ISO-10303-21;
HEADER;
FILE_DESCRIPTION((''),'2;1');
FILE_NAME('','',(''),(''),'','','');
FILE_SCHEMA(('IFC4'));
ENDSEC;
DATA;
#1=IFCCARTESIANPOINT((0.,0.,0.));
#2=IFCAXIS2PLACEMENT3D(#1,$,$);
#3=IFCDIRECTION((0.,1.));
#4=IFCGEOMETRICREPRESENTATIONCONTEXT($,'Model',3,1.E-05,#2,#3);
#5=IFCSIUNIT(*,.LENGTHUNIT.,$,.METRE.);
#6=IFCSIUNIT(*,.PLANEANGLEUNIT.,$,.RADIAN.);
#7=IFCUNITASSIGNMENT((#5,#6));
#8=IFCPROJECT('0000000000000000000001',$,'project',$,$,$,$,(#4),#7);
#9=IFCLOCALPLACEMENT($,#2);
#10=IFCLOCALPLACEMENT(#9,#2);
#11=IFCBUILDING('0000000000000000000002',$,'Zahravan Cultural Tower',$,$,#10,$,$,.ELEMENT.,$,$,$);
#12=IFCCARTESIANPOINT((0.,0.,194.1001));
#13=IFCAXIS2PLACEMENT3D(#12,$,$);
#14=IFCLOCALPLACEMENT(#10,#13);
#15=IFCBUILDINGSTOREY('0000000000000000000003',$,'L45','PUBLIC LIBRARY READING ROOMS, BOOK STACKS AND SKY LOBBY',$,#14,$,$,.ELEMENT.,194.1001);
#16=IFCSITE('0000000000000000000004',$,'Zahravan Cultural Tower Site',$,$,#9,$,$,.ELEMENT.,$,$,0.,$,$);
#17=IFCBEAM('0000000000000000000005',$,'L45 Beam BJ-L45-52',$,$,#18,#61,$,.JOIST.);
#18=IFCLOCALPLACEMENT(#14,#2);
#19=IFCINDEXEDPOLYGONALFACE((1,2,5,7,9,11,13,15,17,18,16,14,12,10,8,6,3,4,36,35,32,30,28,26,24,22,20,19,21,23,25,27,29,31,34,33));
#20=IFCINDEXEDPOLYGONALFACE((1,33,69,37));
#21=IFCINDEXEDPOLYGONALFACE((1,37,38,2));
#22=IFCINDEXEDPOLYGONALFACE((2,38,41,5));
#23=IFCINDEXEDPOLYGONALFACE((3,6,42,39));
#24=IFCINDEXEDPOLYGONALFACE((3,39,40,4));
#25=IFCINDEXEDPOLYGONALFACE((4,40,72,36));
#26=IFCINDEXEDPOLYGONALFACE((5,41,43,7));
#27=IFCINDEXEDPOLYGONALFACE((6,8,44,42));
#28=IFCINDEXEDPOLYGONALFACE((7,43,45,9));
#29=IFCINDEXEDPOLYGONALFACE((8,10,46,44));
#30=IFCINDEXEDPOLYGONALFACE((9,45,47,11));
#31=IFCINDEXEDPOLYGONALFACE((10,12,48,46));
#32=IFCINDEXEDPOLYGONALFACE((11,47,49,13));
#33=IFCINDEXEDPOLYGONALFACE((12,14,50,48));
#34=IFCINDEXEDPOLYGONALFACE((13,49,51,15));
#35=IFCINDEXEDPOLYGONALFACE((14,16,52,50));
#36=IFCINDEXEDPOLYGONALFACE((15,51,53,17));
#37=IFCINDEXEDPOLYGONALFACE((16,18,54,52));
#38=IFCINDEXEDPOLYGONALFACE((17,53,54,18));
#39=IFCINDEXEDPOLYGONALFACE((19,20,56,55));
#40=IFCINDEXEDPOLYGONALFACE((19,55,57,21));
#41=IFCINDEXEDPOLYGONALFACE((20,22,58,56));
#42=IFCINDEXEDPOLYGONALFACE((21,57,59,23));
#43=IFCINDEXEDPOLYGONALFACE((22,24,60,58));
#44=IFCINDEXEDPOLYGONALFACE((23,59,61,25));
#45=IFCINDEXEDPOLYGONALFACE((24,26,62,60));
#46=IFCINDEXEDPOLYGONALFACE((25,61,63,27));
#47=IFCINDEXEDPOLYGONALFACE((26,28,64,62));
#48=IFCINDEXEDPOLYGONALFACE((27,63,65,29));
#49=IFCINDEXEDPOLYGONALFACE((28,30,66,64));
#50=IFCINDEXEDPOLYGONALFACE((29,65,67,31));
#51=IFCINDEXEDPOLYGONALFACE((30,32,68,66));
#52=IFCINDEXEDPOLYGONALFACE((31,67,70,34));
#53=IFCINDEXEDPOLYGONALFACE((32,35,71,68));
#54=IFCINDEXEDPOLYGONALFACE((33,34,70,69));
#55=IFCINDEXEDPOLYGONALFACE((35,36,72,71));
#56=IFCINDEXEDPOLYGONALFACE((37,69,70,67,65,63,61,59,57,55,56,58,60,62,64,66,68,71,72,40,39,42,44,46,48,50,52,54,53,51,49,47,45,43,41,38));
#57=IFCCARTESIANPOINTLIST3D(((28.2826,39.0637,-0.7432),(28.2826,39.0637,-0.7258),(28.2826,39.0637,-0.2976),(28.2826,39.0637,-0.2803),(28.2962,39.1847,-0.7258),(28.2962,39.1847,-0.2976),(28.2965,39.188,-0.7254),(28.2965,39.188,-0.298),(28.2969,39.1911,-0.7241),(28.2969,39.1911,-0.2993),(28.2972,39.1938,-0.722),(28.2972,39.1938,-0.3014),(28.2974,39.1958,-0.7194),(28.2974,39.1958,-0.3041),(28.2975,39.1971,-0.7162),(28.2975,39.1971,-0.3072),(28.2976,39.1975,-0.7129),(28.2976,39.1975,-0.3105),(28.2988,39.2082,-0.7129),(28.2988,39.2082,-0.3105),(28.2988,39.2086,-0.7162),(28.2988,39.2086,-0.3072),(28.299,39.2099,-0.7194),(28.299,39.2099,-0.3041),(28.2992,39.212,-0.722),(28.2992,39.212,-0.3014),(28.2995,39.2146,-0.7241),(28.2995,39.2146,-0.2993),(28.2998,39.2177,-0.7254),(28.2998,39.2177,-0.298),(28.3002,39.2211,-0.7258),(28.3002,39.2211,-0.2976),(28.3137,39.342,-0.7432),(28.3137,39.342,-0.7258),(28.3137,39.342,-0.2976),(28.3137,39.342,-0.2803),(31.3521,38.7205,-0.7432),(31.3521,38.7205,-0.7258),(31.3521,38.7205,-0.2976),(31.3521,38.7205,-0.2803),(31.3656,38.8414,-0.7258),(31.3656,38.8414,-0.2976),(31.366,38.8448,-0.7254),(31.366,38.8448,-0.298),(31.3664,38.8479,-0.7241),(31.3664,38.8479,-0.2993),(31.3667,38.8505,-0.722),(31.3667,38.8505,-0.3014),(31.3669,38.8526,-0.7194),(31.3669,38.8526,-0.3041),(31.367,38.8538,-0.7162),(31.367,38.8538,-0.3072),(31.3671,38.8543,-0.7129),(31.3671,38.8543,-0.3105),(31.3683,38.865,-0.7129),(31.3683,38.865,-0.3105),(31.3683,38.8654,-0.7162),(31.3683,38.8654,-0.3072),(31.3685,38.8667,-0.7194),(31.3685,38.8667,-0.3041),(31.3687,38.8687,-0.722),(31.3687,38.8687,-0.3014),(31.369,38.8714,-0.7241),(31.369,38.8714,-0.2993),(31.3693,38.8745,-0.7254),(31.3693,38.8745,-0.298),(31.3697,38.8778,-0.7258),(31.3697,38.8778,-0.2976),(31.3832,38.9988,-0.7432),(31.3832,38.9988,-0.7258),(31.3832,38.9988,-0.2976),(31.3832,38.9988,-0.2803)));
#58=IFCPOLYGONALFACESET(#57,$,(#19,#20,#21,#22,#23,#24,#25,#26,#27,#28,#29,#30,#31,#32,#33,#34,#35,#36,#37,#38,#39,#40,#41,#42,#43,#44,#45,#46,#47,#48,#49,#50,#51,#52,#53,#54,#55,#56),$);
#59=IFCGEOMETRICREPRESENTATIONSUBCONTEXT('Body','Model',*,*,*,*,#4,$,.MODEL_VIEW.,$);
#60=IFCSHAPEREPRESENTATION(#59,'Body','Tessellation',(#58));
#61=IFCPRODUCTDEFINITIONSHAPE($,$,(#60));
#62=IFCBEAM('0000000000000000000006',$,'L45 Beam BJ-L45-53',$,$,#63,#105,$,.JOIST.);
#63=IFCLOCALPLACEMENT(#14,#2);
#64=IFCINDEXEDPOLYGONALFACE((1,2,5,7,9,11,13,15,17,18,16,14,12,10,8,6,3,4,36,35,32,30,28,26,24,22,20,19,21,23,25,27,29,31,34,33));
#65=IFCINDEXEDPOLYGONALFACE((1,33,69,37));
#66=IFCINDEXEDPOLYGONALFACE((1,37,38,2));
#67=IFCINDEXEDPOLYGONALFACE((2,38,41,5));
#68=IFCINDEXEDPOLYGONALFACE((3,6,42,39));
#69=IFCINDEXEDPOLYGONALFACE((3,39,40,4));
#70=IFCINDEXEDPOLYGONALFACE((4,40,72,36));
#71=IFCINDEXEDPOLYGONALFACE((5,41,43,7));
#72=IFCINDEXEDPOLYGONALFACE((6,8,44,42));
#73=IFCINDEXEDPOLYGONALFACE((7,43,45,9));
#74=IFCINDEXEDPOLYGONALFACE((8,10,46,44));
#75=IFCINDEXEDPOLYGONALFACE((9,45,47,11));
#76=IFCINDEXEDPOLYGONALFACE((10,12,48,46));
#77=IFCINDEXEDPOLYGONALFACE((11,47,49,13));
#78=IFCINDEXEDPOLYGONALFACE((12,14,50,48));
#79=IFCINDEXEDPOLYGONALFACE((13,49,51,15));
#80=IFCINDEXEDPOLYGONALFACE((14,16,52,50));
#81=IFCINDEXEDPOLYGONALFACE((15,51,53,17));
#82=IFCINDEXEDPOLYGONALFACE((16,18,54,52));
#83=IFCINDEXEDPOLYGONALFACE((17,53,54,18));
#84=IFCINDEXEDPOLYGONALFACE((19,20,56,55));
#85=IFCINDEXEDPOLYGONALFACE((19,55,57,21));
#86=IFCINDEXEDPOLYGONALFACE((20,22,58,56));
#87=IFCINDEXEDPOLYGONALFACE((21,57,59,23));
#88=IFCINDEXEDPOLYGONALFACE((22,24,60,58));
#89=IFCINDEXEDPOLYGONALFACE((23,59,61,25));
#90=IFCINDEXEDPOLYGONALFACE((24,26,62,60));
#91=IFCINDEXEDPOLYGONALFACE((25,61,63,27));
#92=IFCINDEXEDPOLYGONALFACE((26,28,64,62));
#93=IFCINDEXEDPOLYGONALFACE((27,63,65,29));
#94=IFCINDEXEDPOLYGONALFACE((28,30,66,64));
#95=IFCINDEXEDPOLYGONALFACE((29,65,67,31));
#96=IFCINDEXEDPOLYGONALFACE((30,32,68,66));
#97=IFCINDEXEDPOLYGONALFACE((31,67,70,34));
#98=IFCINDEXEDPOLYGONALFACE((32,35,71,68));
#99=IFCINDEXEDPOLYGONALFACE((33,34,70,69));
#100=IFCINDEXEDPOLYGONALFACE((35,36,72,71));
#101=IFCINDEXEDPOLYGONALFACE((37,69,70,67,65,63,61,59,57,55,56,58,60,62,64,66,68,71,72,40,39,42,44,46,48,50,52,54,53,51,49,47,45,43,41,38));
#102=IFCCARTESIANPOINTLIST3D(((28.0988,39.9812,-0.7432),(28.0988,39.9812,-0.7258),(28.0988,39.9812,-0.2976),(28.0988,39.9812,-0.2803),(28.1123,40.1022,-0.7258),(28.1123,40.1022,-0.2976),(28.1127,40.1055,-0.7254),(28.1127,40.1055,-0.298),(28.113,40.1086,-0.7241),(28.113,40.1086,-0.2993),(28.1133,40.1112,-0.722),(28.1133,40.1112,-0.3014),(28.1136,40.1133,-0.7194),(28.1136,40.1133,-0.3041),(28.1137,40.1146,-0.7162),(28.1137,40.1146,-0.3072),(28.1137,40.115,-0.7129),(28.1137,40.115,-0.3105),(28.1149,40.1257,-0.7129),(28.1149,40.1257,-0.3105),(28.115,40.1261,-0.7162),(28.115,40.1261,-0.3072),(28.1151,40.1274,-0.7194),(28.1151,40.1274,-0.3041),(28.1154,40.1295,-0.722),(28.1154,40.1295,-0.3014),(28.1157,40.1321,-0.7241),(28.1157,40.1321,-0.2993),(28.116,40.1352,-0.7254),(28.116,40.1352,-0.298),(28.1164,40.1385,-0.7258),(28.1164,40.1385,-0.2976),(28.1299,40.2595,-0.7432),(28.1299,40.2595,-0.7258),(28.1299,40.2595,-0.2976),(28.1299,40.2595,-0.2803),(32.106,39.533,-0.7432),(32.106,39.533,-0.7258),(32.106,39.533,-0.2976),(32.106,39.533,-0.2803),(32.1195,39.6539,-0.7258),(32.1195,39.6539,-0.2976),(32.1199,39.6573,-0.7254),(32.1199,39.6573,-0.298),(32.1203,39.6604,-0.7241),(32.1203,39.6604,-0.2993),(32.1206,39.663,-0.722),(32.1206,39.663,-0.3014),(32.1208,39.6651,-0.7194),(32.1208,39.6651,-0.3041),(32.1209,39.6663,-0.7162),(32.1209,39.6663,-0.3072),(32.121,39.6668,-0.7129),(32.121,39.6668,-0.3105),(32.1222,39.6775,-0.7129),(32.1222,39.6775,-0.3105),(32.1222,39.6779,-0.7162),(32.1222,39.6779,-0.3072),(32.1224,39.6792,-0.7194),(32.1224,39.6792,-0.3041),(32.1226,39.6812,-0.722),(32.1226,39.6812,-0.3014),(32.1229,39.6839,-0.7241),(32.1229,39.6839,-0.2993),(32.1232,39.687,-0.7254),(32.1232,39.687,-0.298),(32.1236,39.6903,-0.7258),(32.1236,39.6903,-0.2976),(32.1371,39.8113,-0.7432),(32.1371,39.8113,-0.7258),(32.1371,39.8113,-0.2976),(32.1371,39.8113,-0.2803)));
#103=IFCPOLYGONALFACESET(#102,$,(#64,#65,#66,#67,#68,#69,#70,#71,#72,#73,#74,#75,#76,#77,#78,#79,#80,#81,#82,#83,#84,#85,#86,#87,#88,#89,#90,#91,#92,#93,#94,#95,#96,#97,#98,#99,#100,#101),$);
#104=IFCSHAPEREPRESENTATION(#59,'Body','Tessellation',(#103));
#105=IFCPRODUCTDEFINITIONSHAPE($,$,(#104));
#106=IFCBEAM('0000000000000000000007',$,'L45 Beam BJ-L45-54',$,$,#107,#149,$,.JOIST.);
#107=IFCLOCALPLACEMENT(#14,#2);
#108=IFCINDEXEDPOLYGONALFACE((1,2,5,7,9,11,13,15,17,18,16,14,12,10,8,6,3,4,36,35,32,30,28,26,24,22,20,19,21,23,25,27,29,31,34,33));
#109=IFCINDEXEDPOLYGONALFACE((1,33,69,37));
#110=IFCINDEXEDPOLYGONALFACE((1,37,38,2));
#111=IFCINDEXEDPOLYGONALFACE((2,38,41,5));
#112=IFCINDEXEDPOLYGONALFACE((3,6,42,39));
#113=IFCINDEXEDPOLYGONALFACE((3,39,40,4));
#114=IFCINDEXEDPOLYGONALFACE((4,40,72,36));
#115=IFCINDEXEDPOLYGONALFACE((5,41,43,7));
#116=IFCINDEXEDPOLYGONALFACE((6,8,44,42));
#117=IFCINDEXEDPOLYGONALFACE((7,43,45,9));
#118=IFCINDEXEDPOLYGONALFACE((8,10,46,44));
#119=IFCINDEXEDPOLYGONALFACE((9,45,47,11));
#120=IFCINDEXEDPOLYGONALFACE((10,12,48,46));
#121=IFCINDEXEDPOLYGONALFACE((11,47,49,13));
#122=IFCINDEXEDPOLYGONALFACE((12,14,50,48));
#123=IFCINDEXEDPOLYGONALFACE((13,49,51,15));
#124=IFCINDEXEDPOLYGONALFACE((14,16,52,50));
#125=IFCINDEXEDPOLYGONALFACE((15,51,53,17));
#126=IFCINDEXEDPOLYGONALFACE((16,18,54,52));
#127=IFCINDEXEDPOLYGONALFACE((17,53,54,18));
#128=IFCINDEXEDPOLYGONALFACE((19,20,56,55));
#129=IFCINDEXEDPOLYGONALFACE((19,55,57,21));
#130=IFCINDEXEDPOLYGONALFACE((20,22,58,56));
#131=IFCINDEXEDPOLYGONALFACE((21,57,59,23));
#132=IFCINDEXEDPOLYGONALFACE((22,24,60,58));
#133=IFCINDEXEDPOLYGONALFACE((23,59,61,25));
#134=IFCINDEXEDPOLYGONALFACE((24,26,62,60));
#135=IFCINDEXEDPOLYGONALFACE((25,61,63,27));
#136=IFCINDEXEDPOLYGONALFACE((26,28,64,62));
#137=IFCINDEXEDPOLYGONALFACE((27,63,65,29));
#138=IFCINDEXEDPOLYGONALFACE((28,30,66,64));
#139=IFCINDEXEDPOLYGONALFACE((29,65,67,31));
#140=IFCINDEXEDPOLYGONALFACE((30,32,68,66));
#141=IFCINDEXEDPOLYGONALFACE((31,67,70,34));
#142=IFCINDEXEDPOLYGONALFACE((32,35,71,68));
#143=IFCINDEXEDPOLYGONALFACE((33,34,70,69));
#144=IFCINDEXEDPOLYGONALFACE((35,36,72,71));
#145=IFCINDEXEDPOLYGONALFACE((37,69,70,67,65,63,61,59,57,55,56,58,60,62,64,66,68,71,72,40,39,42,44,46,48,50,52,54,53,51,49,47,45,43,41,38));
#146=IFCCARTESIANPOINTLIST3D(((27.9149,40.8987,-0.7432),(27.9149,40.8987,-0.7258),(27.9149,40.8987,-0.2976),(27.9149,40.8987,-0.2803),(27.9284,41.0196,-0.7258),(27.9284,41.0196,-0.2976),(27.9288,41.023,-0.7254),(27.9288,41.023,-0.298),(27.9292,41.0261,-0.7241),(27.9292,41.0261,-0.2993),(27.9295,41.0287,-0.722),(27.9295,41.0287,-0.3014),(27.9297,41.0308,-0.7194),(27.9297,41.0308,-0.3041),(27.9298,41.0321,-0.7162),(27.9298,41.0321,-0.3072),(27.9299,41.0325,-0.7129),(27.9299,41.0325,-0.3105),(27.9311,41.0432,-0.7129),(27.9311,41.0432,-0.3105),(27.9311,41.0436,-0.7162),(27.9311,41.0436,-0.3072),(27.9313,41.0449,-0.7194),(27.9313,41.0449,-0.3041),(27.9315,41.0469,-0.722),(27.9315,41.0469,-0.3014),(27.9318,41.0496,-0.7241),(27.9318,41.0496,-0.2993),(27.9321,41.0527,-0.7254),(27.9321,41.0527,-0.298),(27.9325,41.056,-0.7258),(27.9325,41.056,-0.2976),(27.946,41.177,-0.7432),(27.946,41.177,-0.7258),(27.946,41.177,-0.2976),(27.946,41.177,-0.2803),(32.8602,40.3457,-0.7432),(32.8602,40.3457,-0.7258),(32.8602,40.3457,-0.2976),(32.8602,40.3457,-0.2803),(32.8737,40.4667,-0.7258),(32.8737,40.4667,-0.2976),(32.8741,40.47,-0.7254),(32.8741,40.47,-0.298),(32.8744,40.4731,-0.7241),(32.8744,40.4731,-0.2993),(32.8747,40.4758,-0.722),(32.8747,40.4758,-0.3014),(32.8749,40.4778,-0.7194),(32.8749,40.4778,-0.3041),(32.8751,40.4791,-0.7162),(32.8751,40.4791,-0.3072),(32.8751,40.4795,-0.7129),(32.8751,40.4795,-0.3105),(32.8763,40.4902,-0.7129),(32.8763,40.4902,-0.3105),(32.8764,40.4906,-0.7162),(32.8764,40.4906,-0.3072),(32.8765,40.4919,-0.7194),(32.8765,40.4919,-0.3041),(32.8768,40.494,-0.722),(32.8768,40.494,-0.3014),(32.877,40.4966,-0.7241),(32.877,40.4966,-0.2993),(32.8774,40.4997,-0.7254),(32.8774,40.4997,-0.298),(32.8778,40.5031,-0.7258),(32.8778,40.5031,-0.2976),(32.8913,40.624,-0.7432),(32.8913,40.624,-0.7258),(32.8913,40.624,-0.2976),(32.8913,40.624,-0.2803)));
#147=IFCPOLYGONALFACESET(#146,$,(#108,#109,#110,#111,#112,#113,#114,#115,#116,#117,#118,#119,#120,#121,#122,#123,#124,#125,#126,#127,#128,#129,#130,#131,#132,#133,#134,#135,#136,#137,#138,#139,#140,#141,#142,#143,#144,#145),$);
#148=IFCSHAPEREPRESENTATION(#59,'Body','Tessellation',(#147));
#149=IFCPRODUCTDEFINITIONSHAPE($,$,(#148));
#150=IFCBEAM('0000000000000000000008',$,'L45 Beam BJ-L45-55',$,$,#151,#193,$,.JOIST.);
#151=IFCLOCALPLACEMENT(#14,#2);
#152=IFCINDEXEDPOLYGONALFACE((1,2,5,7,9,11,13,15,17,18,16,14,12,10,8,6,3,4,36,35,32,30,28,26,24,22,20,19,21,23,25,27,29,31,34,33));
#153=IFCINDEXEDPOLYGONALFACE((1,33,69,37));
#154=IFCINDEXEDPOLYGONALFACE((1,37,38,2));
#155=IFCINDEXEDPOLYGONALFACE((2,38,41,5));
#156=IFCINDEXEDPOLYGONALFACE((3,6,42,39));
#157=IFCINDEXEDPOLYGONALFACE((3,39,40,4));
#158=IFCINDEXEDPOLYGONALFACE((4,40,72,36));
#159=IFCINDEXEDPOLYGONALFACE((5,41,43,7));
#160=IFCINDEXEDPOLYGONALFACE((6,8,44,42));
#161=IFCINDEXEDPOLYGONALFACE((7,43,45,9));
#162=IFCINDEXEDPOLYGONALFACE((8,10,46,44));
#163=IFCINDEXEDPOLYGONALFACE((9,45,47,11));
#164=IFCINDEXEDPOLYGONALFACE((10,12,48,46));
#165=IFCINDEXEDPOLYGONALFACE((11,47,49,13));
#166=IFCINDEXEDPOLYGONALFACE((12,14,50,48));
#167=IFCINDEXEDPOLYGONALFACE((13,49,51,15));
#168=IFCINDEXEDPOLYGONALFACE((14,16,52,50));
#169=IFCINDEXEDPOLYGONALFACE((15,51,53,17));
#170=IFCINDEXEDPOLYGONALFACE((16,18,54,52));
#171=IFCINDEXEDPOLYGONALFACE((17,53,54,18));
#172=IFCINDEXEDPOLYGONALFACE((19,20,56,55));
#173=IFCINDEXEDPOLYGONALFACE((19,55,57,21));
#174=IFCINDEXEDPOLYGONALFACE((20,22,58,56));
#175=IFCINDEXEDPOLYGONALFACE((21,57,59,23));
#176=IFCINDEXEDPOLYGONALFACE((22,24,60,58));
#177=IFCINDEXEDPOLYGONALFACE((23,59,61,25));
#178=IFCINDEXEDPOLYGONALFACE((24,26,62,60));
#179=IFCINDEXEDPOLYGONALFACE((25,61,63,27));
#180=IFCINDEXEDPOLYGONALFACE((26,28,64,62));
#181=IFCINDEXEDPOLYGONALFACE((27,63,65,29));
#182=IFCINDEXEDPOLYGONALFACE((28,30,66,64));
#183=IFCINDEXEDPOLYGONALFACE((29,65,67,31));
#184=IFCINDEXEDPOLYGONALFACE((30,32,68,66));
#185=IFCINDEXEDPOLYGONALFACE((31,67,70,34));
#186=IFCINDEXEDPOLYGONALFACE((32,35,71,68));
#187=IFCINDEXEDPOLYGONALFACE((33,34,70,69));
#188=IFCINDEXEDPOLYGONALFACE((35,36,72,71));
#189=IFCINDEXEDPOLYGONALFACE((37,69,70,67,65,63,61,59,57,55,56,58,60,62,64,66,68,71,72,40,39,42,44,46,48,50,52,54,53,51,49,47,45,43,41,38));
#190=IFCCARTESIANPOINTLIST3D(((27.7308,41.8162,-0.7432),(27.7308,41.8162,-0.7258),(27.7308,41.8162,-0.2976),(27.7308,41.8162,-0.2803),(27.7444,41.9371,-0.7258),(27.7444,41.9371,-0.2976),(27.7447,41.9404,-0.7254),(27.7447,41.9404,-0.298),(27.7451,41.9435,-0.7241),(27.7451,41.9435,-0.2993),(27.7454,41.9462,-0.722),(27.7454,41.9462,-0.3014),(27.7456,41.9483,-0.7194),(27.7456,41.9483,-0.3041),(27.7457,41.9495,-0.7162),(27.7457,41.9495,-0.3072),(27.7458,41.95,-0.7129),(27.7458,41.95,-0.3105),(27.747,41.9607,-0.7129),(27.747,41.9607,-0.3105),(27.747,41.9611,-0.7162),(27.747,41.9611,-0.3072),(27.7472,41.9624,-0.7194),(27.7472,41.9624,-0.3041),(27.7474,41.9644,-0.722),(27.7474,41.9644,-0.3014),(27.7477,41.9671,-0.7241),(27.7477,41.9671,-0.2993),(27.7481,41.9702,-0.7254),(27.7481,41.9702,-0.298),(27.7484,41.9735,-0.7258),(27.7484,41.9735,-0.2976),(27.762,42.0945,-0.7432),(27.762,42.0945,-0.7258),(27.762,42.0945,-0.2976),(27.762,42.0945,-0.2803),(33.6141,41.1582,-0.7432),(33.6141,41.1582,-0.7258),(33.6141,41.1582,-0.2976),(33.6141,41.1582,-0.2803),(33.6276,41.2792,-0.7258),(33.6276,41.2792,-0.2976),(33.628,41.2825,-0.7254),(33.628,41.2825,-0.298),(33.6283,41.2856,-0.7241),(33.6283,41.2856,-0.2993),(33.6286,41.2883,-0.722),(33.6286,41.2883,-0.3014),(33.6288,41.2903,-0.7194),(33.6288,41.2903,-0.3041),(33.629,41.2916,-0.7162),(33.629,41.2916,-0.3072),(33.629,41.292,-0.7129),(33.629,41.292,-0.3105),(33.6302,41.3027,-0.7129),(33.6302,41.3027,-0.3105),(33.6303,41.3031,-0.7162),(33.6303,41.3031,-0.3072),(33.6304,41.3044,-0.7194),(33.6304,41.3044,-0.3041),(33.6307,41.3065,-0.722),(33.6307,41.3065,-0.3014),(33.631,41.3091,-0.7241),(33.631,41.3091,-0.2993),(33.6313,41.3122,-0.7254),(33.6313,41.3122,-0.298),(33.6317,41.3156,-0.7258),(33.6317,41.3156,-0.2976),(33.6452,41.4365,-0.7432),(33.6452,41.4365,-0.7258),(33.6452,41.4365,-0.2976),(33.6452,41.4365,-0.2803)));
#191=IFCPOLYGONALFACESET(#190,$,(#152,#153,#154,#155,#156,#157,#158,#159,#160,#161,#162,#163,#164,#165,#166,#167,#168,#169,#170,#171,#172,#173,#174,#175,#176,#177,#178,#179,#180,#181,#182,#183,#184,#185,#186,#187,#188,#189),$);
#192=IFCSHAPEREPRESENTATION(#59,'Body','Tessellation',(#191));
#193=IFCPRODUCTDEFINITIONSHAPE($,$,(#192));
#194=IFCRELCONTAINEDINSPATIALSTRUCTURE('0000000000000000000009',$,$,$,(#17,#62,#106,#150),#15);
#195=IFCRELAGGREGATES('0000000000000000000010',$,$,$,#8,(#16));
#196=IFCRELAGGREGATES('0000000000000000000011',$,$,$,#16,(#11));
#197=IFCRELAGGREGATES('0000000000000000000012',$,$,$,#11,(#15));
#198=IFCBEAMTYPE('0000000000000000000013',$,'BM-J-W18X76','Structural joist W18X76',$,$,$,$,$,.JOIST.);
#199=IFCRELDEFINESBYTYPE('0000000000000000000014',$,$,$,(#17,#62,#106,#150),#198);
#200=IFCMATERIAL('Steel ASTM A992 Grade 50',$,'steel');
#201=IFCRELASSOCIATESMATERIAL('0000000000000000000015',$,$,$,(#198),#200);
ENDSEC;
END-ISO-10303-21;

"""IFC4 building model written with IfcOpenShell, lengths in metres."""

from ifc_helpers import new_model, si_unit, direction, frame, origin, origin_2d, place, context, subcontext, project, spatial, i_section, extrude, source, transform, mapped, material, material_profile, profile_set, type_object, element, save


model = new_model("IFC4")

# Units and contexts
model_context = context("Model", 3, precision=1e-05, world=origin(), true_north=direction((0.0, 1.0)))
body_context = subcontext(model_context, "Body", "Model", "MODEL_VIEW")
ifc_project = project(units=[si_unit("LENGTHUNIT", "METRE"), si_unit("PLANEANGLEUNIT", "RADIAN")], contexts=[model_context])

# Site, building, storey
site_placement = place(None, origin())
site = spatial("IfcSite", under=ifc_project, at=site_placement, Name="Zahravan Cultural Tower Site", CompositionType="ELEMENT", RefElevation=0.0)
building_placement = place(site_placement, origin())
building = spatial("IfcBuilding", under=site, at=building_placement, Name="Zahravan Cultural Tower", CompositionType="ELEMENT")
storey_placement = place(building_placement, frame((0.0, 0.0, 194.1001)))
storey = spatial("IfcBuildingStorey", under=building, at=storey_placement, Name="L45", Description="PUBLIC LIBRARY READING ROOMS, BOOK STACKS AND SKY LOBBY", CompositionType="ELEMENT", Elevation=194.1001)

# Shared definitions
ifc_material_1 = material(Name="Steel ASTM A992 Grade 50", Category="steel")

# Beams
ifc_material_profile_1 = material_profile(ifc_material_1, i_section(OverallWidth=0.28, OverallDepth=0.4629, WebThickness=0.0107, FlangeThickness=0.0173, FilletRadius=0.0129, at=origin_2d()), Name="W18X76")
ifc_profile_set_1 = profile_set([ifc_material_profile_1], Name="Steel ASTM A992 Grade 50")
beam_type_1 = type_object("IfcBeamType", Name="BM-J-W18X76", Description="Structural joist W18X76", PredefinedType="JOIST", material=ifc_profile_set_1)
shared_shape_1 = source(origin(), body_context, "Body", "SweptSolid", [
    extrude(i_section(OverallWidth=0.28, OverallDepth=0.4629, WebThickness=0.0107, FlangeThickness=0.0173, FilletRadius=0.0129, at=origin_2d()), origin(), (0.0, 0.0, 1.0), 3.0886),
])
beam_1_placement = place(storey_placement, frame((31.3677, 38.8596, -0.5117), z_axis=(-0.993805, 0.111134, 0.0), x_axis=(-0.111134, -0.993805, 0.0)))
element("IfcBeam", 1, at=beam_1_placement, inside=storey, type_object=beam_type_1, Name="L45 Beam BJ-L45-52", PredefinedType="JOIST", context=body_context, shape_type="MappedRepresentation", body=[
    mapped(shared_shape_1, transform((0.0, 0.0, 0.0), x_axis=(1.0, 0.0, 0.0), y_axis=(0.0, 1.0, 0.0), z_axis=(0.0, 0.0, 1.0), scale=1.0)),
])
shared_shape_2 = source(origin(), body_context, "Body", "SweptSolid", [
    extrude(i_section(OverallWidth=0.28, OverallDepth=0.4629, WebThickness=0.0107, FlangeThickness=0.0173, FilletRadius=0.0129, at=origin_2d()), origin(), (0.0, 0.0, 1.0), 4.0322),
])
beam_2_placement = place(storey_placement, frame((32.1216, 39.6721, -0.5117), z_axis=(-0.993802, 0.111162, 0.0), x_axis=(-0.111162, -0.993802, 0.0)))
element("IfcBeam", 2, at=beam_2_placement, inside=storey, type_object=beam_type_1, Name="L45 Beam BJ-L45-53", PredefinedType="JOIST", context=body_context, shape_type="MappedRepresentation", body=[
    mapped(shared_shape_2, transform((0.0, 0.0, 0.0), x_axis=(1.0, 0.0, 0.0), y_axis=(0.0, 1.0, 0.0), z_axis=(0.0, 0.0, 1.0), scale=1.0)),
])
shared_shape_3 = source(origin(), body_context, "Body", "SweptSolid", [
    extrude(i_section(OverallWidth=0.28, OverallDepth=0.4629, WebThickness=0.0107, FlangeThickness=0.0173, FilletRadius=0.0129, at=origin_2d()), origin(), (0.0, 0.0, 1.0), 4.9761),
])
beam_3_placement = place(storey_placement, frame((32.8757, 40.4849, -0.5117), z_axis=(-0.993806, 0.111126, 0.0), x_axis=(-0.111126, -0.993806, 0.0)))
element("IfcBeam", 3, at=beam_3_placement, inside=storey, type_object=beam_type_1, Name="L45 Beam BJ-L45-54", PredefinedType="JOIST", context=body_context, shape_type="MappedRepresentation", body=[
    mapped(shared_shape_3, transform((0.0, 0.0, 0.0), x_axis=(1.0, 0.0, 0.0), y_axis=(0.0, 1.0, 0.0), z_axis=(0.0, 0.0, 1.0), scale=1.0)),
])
shared_shape_4 = source(origin(), body_context, "Body", "SweptSolid", [
    extrude(i_section(OverallWidth=0.28, OverallDepth=0.4629, WebThickness=0.0107, FlangeThickness=0.0173, FilletRadius=0.0129, at=origin_2d()), origin(), (0.0, 0.0, 1.0), 5.9199),
])
beam_4_placement = place(storey_placement, frame((33.6296, 41.2974, -0.5117), z_axis=(-0.993805, 0.111142, 0.0), x_axis=(-0.111142, -0.993805, 0.0)))
element("IfcBeam", 4, at=beam_4_placement, inside=storey, type_object=beam_type_1, Name="L45 Beam BJ-L45-55", PredefinedType="JOIST", context=body_context, shape_type="MappedRepresentation", body=[
    mapped(shared_shape_4, transform((0.0, 0.0, 0.0), x_axis=(1.0, 0.0, 0.0), y_axis=(0.0, 1.0, 0.0), z_axis=(0.0, 0.0, 1.0), scale=1.0)),
])

save(model, "model.ifc")
